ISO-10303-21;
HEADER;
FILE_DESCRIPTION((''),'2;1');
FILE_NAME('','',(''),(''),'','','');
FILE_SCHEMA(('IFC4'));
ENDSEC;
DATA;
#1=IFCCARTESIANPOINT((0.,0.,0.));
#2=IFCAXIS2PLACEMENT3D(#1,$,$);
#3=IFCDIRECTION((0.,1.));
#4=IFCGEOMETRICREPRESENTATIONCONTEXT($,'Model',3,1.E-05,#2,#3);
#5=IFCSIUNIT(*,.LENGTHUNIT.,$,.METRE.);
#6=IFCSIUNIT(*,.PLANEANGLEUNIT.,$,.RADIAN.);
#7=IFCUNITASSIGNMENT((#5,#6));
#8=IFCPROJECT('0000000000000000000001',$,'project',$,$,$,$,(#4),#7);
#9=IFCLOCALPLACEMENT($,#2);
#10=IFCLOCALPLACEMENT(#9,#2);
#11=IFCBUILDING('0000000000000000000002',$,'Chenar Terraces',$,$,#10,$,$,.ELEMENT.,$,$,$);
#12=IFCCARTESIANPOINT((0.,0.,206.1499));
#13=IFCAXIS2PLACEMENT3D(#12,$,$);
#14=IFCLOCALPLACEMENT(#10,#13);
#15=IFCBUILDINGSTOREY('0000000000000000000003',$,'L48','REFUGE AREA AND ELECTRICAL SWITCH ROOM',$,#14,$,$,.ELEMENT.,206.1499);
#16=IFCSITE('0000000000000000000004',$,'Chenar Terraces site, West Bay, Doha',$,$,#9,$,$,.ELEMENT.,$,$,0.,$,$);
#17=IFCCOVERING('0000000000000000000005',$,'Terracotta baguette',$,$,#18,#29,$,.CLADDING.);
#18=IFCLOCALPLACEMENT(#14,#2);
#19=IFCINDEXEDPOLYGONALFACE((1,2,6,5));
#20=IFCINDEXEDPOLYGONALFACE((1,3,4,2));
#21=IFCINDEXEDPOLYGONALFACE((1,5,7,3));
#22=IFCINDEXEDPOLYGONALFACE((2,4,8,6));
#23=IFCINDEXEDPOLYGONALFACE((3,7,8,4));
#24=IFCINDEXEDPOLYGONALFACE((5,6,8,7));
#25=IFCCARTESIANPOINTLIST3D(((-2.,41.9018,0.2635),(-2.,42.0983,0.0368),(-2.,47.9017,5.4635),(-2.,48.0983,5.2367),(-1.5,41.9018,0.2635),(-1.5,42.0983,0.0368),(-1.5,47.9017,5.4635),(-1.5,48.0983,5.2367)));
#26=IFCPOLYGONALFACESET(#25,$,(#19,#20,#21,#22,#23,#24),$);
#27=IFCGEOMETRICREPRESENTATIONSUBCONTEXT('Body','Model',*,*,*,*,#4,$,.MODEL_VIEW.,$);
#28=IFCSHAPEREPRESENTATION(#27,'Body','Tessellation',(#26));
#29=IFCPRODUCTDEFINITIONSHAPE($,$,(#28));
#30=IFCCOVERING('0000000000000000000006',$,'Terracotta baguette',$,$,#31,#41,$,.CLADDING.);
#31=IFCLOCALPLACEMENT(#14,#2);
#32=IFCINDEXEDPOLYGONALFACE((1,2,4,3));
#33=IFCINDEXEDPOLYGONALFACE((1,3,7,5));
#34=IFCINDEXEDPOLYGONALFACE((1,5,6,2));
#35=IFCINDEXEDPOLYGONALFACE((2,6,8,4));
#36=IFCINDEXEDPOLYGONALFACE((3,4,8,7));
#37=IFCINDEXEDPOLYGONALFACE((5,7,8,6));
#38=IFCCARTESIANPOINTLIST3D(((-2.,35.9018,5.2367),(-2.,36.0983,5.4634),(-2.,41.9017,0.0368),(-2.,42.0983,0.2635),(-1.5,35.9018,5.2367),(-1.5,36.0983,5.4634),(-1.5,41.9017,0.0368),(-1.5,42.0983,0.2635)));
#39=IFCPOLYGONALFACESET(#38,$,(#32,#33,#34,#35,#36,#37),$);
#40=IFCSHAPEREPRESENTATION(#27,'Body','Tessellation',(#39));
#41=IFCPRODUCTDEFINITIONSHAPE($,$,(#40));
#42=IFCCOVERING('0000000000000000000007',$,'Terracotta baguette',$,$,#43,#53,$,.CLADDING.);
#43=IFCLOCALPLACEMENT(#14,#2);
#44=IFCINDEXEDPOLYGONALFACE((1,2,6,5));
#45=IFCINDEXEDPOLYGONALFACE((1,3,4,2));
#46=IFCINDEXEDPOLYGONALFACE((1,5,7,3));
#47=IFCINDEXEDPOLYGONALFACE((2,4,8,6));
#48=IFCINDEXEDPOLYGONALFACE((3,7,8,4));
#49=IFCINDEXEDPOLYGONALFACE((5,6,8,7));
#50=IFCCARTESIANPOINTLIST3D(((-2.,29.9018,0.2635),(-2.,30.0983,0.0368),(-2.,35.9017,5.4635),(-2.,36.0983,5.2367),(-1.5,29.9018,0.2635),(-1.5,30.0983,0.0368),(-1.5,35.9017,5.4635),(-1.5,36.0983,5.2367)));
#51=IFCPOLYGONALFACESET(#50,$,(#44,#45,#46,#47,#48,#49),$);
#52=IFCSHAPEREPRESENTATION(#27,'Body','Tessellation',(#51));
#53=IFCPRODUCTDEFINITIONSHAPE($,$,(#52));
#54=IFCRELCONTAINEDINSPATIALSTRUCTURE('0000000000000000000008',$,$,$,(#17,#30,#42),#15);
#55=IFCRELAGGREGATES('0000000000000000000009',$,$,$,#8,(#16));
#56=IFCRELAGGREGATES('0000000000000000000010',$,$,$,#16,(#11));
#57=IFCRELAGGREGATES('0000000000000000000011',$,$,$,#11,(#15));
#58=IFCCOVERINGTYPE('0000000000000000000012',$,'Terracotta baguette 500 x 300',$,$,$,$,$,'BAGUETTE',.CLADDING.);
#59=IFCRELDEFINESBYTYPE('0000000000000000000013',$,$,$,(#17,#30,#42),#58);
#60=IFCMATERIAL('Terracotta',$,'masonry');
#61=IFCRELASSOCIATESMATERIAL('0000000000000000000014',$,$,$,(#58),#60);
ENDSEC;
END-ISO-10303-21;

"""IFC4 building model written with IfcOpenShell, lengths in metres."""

from ifc_helpers import new_model, si_unit, direction, frame, origin, origin_2d, place, context, subcontext, project, spatial, rectangle, extrude, material, material_profile, profile_set, type_object, element, save


model = new_model("IFC4")

# Units and contexts
model_context = context("Model", 3, precision=1e-05, world=origin(), true_north=direction((0.0, 1.0)))
body_context = subcontext(model_context, "Body", "Model", "MODEL_VIEW")
ifc_project = project(units=[si_unit("LENGTHUNIT", "METRE"), si_unit("PLANEANGLEUNIT", "RADIAN")], contexts=[model_context])

# Site, building, storey
site_placement = place(None, origin())
site = spatial("IfcSite", under=ifc_project, at=site_placement, Name="Chenar Terraces site, West Bay, Doha", CompositionType="ELEMENT", RefElevation=0.0)
building_placement = place(site_placement, origin())
building = spatial("IfcBuilding", under=site, at=building_placement, Name="Chenar Terraces", CompositionType="ELEMENT")
storey_placement = place(building_placement, frame((0.0, 0.0, 206.1499)))
storey = spatial("IfcBuildingStorey", under=building, at=storey_placement, Name="L48", Description="REFUGE AREA AND ELECTRICAL SWITCH ROOM", CompositionType="ELEMENT", Elevation=206.1499)

# Coverings
ifc_material_1 = material(Name="Terracotta", Category="masonry")
ifc_material_profile_1 = material_profile(ifc_material_1, rectangle(XDim=0.5, YDim=0.3, at=origin_2d()), Name="Terracotta baguette 500 x 300")
ifc_profile_set_1 = profile_set([ifc_material_profile_1], Name="Terracotta")
covering_type = type_object("IfcCoveringType", Name="Terracotta baguette 500 x 300", ElementType="BAGUETTE", PredefinedType="CLADDING", material=ifc_profile_set_1)
for number, where, z_axis, x_axis, name in (
    (1, (-1.75, 48.0, 5.3501), (0.0, -0.755692, -0.654927), (1.0, 0.0, 0.0), "Terracotta baguette"),
    (2, (-1.75, 42.0, 0.1501), (0.0, -0.755692, 0.654927), (1.0, 0.0, 0.0), "Terracotta baguette"),
    (3, (-1.75, 36.0, 5.3501), (0.0, -0.755692, -0.654927), (1.0, 0.0, 0.0), "Terracotta baguette"),
):
    element("IfcCovering", number, at=place(storey_placement, frame(where, z_axis=z_axis, x_axis=x_axis)), inside=storey, type_object=covering_type, Name=name, PredefinedType="CLADDING", context=body_context, shape_type="SweptSolid", body=[
        extrude(rectangle(XDim=0.5, YDim=0.3, at=origin_2d()), origin(), (0.0, 0.0, 1.0), 7.9397),
    ])

save(model, "model.ifc")
